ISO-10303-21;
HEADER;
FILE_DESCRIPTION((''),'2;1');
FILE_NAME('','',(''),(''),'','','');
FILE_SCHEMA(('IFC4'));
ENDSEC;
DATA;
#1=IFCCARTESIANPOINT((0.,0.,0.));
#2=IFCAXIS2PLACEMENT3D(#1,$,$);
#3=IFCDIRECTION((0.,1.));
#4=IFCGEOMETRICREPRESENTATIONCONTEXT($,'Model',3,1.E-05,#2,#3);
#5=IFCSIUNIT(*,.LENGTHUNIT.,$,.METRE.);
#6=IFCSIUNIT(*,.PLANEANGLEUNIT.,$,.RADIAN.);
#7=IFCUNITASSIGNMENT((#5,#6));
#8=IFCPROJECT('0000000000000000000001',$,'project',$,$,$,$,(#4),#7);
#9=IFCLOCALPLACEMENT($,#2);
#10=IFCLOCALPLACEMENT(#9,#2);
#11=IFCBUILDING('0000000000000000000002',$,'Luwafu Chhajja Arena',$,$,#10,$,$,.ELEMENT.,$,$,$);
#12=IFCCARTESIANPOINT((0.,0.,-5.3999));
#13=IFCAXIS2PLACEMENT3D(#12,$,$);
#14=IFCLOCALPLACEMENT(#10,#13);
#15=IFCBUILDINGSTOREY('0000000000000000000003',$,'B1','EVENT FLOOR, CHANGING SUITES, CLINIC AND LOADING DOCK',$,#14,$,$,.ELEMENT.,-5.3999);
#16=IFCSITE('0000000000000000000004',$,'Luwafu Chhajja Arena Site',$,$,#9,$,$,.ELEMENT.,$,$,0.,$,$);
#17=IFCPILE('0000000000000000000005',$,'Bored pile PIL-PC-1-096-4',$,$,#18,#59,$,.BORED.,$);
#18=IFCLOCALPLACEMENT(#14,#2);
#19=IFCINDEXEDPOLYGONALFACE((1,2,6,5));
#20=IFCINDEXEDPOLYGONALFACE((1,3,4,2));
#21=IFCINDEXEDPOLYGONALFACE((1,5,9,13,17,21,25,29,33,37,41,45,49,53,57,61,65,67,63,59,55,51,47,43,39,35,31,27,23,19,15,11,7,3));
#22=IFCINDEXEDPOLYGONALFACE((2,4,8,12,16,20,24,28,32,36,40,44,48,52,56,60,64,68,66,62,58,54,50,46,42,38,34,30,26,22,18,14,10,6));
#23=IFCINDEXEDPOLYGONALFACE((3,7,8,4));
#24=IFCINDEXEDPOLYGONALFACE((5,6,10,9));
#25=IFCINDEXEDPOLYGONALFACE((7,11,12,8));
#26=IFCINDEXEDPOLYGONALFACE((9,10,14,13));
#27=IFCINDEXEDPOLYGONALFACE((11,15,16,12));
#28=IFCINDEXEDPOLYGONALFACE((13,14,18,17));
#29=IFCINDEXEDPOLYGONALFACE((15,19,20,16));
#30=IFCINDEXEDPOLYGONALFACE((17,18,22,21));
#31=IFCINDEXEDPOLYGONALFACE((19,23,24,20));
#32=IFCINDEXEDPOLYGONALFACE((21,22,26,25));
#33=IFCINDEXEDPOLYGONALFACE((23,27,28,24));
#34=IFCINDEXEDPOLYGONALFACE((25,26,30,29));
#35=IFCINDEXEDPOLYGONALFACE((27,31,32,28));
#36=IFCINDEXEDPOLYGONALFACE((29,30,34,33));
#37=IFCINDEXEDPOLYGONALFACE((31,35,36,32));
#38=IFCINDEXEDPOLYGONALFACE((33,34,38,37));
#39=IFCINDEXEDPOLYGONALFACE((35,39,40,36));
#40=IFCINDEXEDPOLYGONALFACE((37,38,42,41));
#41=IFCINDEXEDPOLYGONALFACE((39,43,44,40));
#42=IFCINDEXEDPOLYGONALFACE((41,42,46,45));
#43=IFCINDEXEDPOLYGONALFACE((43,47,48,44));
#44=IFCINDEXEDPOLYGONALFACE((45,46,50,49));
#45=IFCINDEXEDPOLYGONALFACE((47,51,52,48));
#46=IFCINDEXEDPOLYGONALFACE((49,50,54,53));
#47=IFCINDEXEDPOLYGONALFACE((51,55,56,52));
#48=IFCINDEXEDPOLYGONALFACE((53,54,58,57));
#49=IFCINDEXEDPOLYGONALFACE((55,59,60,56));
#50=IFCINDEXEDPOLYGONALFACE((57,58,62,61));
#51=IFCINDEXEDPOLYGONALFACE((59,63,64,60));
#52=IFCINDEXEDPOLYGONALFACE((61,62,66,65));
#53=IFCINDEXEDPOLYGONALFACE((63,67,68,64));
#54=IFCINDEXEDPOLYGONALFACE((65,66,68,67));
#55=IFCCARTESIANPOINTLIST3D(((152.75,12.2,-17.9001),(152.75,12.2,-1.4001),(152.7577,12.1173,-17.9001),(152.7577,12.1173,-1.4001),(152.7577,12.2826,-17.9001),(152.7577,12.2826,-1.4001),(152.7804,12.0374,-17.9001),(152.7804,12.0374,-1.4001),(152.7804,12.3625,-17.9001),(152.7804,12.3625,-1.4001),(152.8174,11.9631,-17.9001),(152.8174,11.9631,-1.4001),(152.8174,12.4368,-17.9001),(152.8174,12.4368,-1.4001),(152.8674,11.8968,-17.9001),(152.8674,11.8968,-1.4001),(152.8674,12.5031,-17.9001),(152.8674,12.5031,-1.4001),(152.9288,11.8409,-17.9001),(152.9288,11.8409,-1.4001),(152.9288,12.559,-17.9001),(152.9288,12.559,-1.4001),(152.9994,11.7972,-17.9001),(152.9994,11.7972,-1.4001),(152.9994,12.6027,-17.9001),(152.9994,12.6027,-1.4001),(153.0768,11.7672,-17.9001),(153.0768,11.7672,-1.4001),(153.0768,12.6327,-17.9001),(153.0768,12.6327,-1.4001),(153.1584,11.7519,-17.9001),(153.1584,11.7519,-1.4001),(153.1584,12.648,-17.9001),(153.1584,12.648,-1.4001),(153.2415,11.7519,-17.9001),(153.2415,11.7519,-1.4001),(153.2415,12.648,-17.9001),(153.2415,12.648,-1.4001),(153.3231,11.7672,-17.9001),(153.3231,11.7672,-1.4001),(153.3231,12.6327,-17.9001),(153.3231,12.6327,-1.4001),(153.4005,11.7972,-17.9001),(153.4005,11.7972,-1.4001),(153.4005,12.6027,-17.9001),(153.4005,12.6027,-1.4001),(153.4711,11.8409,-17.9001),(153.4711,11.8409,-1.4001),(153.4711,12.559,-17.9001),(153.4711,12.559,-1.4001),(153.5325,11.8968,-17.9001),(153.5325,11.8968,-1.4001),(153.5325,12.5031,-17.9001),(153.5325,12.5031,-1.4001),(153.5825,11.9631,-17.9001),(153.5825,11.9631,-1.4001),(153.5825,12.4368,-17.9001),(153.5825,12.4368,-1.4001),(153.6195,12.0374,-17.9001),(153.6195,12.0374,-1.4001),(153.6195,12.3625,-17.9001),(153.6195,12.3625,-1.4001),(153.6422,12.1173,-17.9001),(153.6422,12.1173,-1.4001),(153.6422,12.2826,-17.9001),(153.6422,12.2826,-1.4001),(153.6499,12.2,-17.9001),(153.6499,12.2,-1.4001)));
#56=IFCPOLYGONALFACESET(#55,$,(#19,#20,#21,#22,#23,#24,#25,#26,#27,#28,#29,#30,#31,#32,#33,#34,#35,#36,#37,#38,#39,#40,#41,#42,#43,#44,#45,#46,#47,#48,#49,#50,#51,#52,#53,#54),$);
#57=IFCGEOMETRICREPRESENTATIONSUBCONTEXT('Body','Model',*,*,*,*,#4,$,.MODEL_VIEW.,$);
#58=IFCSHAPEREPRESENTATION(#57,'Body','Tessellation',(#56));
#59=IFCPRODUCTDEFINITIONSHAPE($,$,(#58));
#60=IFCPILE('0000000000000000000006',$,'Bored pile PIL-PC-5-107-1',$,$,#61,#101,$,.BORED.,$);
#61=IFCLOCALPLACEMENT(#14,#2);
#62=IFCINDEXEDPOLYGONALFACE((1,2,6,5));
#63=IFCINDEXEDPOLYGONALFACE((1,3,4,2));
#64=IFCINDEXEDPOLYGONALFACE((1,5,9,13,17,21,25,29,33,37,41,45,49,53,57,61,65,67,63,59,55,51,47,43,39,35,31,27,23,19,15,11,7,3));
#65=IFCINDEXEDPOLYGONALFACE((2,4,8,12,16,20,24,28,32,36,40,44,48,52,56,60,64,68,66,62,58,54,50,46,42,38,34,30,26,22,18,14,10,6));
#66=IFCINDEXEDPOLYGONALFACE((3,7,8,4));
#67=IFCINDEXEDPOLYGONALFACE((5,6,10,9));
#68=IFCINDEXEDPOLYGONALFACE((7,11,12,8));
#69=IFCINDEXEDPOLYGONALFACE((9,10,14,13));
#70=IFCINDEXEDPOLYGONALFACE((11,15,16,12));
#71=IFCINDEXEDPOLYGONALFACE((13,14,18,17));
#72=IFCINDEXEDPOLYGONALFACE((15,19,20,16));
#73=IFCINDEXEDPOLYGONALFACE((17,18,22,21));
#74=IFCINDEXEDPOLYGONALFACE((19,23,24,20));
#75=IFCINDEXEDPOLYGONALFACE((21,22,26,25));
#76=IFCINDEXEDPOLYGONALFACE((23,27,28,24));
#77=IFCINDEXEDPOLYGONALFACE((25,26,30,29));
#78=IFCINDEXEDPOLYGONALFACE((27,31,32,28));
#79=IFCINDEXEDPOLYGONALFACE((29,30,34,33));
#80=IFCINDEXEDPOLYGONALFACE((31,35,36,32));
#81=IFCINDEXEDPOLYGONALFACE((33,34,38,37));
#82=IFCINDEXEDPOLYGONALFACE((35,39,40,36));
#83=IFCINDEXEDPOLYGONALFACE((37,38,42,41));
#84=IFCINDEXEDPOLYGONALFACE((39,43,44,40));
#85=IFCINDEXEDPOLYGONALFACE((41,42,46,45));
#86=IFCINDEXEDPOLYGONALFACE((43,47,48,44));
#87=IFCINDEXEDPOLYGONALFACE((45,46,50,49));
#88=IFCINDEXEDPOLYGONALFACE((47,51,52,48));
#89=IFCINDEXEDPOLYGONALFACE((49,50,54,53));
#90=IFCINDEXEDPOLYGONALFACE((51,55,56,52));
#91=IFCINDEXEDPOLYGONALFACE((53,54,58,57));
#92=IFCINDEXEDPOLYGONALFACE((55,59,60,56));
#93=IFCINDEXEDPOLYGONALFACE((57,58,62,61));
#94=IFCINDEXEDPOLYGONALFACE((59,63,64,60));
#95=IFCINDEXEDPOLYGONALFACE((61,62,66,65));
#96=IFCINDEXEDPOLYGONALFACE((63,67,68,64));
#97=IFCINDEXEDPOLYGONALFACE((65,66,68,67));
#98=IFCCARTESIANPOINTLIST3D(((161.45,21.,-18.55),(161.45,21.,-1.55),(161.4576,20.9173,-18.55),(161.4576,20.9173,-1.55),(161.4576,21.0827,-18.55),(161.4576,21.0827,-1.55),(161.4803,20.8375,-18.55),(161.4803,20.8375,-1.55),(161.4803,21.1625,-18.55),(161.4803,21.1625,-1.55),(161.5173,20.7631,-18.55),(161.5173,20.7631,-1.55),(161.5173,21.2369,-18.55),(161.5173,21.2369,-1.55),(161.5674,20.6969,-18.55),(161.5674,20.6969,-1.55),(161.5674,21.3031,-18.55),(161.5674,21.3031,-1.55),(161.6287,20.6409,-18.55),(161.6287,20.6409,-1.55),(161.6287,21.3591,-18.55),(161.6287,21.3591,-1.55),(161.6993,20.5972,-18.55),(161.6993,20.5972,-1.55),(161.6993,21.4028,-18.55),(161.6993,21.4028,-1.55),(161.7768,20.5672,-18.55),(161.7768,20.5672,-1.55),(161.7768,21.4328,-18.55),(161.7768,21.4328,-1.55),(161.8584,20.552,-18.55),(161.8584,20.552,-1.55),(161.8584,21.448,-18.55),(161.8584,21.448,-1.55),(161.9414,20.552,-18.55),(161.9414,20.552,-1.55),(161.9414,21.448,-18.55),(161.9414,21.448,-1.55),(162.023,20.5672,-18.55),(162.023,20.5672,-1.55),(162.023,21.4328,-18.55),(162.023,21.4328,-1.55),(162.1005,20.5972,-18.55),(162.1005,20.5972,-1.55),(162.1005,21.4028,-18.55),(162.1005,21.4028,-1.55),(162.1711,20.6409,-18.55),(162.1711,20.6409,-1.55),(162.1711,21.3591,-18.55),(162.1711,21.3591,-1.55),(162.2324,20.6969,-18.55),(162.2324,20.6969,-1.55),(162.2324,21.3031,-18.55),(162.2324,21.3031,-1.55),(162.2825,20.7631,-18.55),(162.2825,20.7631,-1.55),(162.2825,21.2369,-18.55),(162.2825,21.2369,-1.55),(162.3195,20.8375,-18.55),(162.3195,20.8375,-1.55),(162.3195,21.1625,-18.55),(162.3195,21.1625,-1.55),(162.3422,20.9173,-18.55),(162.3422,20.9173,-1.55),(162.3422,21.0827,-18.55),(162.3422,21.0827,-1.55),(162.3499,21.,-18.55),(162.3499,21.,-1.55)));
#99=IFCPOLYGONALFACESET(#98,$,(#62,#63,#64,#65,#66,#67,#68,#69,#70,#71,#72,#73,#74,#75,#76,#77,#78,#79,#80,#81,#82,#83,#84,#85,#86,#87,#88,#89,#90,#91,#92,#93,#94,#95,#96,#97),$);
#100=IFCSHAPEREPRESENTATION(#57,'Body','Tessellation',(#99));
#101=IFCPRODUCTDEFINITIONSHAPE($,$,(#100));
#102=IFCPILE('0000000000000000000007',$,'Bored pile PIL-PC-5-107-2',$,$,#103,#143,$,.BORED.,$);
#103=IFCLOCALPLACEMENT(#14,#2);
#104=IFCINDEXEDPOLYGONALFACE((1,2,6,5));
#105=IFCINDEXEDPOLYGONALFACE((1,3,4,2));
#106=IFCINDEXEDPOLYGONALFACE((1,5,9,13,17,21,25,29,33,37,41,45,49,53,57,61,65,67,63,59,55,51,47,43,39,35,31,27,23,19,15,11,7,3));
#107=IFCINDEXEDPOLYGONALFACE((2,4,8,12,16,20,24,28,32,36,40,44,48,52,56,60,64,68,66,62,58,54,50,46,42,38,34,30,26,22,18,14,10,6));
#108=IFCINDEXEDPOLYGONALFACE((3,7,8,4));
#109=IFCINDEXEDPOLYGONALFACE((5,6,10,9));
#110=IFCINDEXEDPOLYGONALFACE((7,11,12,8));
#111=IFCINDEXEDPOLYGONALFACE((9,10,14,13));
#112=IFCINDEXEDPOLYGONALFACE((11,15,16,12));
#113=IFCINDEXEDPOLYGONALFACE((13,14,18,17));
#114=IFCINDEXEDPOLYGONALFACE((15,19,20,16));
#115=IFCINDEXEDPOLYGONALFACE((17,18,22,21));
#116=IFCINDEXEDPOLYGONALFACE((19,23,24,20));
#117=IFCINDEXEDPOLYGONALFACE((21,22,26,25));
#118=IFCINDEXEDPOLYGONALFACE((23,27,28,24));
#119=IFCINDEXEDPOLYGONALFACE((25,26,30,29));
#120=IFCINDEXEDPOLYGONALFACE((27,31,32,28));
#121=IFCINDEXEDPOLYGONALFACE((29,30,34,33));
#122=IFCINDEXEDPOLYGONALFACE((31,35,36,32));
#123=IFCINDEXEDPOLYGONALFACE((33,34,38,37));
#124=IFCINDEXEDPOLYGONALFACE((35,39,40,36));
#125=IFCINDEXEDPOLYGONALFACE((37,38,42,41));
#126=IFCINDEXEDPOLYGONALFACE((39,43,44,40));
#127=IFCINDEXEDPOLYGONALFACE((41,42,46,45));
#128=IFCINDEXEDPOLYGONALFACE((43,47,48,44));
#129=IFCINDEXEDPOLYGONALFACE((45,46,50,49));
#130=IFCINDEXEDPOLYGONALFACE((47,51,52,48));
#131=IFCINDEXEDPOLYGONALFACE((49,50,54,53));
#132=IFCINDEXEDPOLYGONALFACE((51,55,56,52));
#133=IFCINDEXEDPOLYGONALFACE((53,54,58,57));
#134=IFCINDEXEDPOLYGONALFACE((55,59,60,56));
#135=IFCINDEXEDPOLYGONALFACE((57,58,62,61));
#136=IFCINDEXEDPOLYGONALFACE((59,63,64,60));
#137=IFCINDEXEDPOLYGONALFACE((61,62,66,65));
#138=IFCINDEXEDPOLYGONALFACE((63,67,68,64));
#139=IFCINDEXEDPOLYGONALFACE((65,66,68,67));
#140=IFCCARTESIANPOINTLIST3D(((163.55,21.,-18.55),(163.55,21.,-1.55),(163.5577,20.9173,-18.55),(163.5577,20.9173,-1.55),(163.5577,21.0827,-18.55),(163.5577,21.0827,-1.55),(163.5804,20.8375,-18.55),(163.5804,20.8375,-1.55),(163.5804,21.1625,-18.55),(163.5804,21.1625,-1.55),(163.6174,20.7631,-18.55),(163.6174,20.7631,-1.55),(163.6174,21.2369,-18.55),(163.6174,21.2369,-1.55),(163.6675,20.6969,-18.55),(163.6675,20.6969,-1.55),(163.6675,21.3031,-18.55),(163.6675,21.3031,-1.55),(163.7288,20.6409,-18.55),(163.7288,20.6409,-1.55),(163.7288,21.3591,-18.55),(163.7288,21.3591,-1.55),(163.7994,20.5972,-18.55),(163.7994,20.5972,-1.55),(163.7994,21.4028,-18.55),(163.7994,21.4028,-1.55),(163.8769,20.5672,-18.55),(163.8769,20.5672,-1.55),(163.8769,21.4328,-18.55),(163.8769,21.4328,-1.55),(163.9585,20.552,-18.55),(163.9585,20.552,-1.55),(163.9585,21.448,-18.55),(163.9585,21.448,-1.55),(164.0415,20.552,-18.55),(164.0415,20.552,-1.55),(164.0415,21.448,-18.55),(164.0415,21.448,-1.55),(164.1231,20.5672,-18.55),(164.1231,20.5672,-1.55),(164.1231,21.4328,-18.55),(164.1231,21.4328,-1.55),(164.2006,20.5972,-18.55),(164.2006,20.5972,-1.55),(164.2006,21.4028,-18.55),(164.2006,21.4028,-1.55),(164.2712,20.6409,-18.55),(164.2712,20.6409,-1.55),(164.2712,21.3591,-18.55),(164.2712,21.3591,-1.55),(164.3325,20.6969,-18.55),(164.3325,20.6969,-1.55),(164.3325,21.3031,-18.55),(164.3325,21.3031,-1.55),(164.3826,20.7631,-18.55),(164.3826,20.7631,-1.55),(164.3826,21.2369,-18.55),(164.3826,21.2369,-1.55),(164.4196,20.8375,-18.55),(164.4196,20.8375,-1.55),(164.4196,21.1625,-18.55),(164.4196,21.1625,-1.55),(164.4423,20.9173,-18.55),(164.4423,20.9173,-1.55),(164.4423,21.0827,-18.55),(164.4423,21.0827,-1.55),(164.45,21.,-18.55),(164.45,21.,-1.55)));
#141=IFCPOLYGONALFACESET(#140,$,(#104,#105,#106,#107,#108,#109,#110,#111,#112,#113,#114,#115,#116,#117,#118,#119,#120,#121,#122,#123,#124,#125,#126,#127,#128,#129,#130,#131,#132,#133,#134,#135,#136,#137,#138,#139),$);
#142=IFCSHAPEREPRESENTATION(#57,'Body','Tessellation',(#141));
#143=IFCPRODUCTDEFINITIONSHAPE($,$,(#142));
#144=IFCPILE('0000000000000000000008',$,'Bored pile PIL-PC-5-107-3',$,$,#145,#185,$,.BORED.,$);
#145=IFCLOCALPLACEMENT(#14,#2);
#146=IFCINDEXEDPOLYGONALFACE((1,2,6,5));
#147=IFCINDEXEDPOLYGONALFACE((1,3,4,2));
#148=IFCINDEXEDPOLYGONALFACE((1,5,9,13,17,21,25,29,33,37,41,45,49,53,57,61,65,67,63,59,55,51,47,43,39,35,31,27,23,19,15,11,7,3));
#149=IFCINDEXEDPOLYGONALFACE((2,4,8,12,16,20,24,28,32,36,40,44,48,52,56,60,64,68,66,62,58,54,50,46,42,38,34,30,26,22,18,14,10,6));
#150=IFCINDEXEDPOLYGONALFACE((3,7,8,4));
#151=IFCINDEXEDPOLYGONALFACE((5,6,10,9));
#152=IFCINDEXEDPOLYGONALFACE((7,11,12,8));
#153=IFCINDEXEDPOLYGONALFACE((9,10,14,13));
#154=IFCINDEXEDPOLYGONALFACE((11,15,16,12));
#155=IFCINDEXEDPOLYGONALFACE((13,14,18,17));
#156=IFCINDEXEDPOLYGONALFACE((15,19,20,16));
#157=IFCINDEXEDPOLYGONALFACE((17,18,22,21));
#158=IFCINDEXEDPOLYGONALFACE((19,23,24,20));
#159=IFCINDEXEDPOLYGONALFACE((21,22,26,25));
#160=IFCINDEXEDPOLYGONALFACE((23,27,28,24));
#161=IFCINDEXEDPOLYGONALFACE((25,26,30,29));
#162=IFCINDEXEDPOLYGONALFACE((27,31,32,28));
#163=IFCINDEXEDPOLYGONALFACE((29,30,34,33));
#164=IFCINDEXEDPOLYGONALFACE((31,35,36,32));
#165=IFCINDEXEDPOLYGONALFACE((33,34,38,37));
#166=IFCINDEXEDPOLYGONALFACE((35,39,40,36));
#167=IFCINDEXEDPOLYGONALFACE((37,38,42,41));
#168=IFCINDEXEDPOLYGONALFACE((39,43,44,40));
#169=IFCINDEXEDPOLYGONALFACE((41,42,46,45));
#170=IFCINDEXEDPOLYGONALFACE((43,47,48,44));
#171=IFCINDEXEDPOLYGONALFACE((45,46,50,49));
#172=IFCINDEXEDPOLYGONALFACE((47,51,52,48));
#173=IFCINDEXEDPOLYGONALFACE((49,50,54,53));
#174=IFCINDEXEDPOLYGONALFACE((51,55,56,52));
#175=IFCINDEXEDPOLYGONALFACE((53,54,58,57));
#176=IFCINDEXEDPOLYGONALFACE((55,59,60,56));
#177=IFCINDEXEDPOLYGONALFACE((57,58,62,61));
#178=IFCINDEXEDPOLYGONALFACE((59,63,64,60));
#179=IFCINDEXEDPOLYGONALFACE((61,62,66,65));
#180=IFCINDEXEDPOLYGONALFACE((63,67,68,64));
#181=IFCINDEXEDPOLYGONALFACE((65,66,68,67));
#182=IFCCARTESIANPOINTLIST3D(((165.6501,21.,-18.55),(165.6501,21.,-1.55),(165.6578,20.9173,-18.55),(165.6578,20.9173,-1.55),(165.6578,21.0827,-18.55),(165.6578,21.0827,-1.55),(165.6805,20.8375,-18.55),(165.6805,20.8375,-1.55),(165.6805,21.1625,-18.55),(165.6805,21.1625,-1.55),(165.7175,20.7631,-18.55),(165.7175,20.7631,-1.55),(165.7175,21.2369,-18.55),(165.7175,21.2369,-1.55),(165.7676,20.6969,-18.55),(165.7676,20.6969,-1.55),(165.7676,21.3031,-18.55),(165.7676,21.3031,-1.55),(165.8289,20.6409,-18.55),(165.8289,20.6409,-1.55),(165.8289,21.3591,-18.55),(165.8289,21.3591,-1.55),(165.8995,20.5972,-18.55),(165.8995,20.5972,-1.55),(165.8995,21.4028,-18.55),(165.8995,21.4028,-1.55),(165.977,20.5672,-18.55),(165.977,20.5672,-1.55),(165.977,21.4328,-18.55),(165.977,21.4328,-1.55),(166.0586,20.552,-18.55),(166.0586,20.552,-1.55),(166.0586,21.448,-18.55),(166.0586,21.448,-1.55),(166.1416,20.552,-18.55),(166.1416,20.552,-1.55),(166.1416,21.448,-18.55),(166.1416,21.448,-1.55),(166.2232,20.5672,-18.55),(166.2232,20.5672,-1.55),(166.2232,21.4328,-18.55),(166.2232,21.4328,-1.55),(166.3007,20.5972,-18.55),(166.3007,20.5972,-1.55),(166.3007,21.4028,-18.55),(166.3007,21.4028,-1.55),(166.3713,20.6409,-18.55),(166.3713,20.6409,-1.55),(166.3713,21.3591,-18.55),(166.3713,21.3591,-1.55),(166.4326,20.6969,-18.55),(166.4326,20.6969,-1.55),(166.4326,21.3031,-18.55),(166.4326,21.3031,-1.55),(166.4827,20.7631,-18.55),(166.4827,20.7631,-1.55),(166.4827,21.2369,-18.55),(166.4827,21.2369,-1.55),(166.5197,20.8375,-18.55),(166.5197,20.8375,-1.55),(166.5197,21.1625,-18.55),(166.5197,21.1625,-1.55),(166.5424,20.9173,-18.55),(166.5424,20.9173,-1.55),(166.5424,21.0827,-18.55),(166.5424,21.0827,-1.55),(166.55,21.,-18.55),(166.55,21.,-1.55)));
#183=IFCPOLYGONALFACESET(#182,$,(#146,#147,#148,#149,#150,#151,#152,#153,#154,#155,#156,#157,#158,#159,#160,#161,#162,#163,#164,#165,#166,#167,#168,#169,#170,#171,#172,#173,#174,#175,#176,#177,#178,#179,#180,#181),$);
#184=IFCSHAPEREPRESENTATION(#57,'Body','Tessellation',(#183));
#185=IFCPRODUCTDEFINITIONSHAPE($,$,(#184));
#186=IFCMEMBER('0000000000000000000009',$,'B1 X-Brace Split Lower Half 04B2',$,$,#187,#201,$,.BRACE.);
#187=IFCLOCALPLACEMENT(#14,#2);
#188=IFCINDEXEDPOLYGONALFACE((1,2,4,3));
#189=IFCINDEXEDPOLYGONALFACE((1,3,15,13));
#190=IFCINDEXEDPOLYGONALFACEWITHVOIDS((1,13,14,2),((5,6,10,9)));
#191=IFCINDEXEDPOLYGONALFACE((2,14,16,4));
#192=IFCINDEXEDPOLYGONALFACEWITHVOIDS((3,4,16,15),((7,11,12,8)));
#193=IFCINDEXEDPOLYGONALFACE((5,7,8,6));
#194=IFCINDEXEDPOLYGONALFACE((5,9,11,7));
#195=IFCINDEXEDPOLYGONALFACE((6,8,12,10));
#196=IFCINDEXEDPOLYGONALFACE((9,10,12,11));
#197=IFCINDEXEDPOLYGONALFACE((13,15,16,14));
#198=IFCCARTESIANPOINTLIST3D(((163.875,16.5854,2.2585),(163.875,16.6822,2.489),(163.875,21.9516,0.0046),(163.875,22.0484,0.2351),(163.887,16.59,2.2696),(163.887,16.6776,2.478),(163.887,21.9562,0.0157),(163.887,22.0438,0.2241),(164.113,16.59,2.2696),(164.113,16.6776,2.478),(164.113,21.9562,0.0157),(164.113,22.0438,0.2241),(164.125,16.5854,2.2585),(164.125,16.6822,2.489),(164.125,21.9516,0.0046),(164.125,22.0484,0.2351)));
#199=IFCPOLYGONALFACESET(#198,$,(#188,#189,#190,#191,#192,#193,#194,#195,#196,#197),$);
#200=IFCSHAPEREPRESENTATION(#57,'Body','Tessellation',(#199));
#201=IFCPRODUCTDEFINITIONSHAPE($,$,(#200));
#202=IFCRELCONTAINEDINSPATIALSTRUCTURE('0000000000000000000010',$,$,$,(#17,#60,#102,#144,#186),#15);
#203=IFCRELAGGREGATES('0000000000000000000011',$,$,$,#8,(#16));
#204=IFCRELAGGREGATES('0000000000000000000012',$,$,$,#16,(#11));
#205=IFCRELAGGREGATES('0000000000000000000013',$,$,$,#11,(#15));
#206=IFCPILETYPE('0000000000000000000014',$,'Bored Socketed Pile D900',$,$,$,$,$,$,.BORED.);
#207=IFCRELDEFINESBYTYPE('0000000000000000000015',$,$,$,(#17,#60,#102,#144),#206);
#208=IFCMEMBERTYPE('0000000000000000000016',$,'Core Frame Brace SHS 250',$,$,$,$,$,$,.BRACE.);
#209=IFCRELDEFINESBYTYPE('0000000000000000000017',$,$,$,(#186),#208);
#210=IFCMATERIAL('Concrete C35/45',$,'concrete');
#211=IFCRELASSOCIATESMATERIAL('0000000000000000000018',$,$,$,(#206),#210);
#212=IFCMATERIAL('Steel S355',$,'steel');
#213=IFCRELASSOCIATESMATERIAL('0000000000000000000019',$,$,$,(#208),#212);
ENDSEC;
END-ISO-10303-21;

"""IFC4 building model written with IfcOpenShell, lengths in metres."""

from ifc_helpers import new_model, si_unit, direction, frame, origin, origin_2d, place, context, subcontext, project, spatial, hollow_rectangle, circle, extrude, material, material_profile, profile_set, type_object, element, save


model = new_model("IFC4")

# Units and contexts
model_context = context("Model", 3, precision=1e-05, world=origin(), true_north=direction((0.0, 1.0)))
body_context = subcontext(model_context, "Body", "Model", "MODEL_VIEW")
ifc_project = project(units=[si_unit("LENGTHUNIT", "METRE"), si_unit("PLANEANGLEUNIT", "RADIAN")], contexts=[model_context])

# Site, building, storey
site_placement = place(None, origin())
site = spatial("IfcSite", under=ifc_project, at=site_placement, Name="Luwafu Chhajja Arena Site", CompositionType="ELEMENT", RefElevation=0.0)
building_placement = place(site_placement, origin())
building = spatial("IfcBuilding", under=site, at=building_placement, Name="Luwafu Chhajja Arena", CompositionType="ELEMENT")
storey_placement = place(building_placement, frame((0.0, 0.0, -5.3999)))
storey = spatial("IfcBuildingStorey", under=building, at=storey_placement, Name="B1", Description="EVENT FLOOR, CHANGING SUITES, CLINIC AND LOADING DOCK", CompositionType="ELEMENT", Elevation=-5.3999)

# Piles
ifc_material_1 = material(Name="Concrete C35/45", Category="concrete")
ifc_material_profile_1 = material_profile(ifc_material_1, circle(Radius=0.45, at=origin_2d()), Name="PILE D900")
ifc_profile_set_1 = profile_set([ifc_material_profile_1], Name="Concrete C35/45")
pile_type_1 = type_object("IfcPileType", Name="Bored Socketed Pile D900", PredefinedType="BORED", material=ifc_profile_set_1)
pile_1_placement = place(storey_placement, frame((153.2, 12.2, -1.4001), z_axis=(0.0, 0.0, -1.0), x_axis=(1.0, 0.0, 0.0)))
element("IfcPile", 1, at=pile_1_placement, inside=storey, type_object=pile_type_1, Name="Bored pile PIL-PC-1-096-4", PredefinedType="BORED", context=body_context, shape_type="SweptSolid", body=[
    extrude(circle(Radius=0.45, at=origin_2d()), origin(), (0.0, 0.0, 1.0), 16.5),
])
for number, where, z_axis, x_axis, name in (
    (2, (161.8999, 21.0, -1.55), (0.0, 0.0, -1.0), (1.0, 0.0, 0.0), "Bored pile PIL-PC-5-107-1"),
    (3, (164.0, 21.0, -1.55), (0.0, 0.0, -1.0), (1.0, 0.0, 0.0), "Bored pile PIL-PC-5-107-2"),
    (4, (166.1001, 21.0, -1.55), (0.0, 0.0, -1.0), (1.0, 0.0, 0.0), "Bored pile PIL-PC-5-107-3"),
):
    element("IfcPile", number, at=place(storey_placement, frame(where, z_axis=z_axis, x_axis=x_axis)), inside=storey, type_object=pile_type_1, Name=name, PredefinedType="BORED", context=body_context, shape_type="SweptSolid", body=[
        extrude(circle(Radius=0.45, at=origin_2d()), origin(), (0.0, 0.0, 1.0), 17.0),
    ])

# Member
ifc_material_2 = material(Name="Steel S355", Category="steel")
ifc_material_profile_2 = material_profile(ifc_material_2, hollow_rectangle(XDim=0.25, YDim=0.25, WallThickness=0.012, at=origin_2d()), Name="SHS 250x250x12")
ifc_profile_set_2 = profile_set([ifc_material_profile_2], Name="Steel S355")
member_type = type_object("IfcMemberType", Name="Core Frame Brace SHS 250", PredefinedType="BRACE", material=ifc_profile_set_2)
member_placement = place(storey_placement, frame((164.0, 16.6338, 2.3738), z_axis=(0.0, 0.921976, -0.387247), x_axis=(-1.0, 0.0, 0.0)))
element("IfcMember", 5, at=member_placement, inside=storey, type_object=member_type, Name="B1 X-Brace Split Lower Half 04B2", PredefinedType="BRACE", context=body_context, shape_type="SweptSolid", body=[
    extrude(hollow_rectangle(XDim=0.25, YDim=0.25, WallThickness=0.012, at=origin_2d()), origin(), (0.0, 0.0, 1.0), 5.8203),
])

save(model, "model.ifc")
